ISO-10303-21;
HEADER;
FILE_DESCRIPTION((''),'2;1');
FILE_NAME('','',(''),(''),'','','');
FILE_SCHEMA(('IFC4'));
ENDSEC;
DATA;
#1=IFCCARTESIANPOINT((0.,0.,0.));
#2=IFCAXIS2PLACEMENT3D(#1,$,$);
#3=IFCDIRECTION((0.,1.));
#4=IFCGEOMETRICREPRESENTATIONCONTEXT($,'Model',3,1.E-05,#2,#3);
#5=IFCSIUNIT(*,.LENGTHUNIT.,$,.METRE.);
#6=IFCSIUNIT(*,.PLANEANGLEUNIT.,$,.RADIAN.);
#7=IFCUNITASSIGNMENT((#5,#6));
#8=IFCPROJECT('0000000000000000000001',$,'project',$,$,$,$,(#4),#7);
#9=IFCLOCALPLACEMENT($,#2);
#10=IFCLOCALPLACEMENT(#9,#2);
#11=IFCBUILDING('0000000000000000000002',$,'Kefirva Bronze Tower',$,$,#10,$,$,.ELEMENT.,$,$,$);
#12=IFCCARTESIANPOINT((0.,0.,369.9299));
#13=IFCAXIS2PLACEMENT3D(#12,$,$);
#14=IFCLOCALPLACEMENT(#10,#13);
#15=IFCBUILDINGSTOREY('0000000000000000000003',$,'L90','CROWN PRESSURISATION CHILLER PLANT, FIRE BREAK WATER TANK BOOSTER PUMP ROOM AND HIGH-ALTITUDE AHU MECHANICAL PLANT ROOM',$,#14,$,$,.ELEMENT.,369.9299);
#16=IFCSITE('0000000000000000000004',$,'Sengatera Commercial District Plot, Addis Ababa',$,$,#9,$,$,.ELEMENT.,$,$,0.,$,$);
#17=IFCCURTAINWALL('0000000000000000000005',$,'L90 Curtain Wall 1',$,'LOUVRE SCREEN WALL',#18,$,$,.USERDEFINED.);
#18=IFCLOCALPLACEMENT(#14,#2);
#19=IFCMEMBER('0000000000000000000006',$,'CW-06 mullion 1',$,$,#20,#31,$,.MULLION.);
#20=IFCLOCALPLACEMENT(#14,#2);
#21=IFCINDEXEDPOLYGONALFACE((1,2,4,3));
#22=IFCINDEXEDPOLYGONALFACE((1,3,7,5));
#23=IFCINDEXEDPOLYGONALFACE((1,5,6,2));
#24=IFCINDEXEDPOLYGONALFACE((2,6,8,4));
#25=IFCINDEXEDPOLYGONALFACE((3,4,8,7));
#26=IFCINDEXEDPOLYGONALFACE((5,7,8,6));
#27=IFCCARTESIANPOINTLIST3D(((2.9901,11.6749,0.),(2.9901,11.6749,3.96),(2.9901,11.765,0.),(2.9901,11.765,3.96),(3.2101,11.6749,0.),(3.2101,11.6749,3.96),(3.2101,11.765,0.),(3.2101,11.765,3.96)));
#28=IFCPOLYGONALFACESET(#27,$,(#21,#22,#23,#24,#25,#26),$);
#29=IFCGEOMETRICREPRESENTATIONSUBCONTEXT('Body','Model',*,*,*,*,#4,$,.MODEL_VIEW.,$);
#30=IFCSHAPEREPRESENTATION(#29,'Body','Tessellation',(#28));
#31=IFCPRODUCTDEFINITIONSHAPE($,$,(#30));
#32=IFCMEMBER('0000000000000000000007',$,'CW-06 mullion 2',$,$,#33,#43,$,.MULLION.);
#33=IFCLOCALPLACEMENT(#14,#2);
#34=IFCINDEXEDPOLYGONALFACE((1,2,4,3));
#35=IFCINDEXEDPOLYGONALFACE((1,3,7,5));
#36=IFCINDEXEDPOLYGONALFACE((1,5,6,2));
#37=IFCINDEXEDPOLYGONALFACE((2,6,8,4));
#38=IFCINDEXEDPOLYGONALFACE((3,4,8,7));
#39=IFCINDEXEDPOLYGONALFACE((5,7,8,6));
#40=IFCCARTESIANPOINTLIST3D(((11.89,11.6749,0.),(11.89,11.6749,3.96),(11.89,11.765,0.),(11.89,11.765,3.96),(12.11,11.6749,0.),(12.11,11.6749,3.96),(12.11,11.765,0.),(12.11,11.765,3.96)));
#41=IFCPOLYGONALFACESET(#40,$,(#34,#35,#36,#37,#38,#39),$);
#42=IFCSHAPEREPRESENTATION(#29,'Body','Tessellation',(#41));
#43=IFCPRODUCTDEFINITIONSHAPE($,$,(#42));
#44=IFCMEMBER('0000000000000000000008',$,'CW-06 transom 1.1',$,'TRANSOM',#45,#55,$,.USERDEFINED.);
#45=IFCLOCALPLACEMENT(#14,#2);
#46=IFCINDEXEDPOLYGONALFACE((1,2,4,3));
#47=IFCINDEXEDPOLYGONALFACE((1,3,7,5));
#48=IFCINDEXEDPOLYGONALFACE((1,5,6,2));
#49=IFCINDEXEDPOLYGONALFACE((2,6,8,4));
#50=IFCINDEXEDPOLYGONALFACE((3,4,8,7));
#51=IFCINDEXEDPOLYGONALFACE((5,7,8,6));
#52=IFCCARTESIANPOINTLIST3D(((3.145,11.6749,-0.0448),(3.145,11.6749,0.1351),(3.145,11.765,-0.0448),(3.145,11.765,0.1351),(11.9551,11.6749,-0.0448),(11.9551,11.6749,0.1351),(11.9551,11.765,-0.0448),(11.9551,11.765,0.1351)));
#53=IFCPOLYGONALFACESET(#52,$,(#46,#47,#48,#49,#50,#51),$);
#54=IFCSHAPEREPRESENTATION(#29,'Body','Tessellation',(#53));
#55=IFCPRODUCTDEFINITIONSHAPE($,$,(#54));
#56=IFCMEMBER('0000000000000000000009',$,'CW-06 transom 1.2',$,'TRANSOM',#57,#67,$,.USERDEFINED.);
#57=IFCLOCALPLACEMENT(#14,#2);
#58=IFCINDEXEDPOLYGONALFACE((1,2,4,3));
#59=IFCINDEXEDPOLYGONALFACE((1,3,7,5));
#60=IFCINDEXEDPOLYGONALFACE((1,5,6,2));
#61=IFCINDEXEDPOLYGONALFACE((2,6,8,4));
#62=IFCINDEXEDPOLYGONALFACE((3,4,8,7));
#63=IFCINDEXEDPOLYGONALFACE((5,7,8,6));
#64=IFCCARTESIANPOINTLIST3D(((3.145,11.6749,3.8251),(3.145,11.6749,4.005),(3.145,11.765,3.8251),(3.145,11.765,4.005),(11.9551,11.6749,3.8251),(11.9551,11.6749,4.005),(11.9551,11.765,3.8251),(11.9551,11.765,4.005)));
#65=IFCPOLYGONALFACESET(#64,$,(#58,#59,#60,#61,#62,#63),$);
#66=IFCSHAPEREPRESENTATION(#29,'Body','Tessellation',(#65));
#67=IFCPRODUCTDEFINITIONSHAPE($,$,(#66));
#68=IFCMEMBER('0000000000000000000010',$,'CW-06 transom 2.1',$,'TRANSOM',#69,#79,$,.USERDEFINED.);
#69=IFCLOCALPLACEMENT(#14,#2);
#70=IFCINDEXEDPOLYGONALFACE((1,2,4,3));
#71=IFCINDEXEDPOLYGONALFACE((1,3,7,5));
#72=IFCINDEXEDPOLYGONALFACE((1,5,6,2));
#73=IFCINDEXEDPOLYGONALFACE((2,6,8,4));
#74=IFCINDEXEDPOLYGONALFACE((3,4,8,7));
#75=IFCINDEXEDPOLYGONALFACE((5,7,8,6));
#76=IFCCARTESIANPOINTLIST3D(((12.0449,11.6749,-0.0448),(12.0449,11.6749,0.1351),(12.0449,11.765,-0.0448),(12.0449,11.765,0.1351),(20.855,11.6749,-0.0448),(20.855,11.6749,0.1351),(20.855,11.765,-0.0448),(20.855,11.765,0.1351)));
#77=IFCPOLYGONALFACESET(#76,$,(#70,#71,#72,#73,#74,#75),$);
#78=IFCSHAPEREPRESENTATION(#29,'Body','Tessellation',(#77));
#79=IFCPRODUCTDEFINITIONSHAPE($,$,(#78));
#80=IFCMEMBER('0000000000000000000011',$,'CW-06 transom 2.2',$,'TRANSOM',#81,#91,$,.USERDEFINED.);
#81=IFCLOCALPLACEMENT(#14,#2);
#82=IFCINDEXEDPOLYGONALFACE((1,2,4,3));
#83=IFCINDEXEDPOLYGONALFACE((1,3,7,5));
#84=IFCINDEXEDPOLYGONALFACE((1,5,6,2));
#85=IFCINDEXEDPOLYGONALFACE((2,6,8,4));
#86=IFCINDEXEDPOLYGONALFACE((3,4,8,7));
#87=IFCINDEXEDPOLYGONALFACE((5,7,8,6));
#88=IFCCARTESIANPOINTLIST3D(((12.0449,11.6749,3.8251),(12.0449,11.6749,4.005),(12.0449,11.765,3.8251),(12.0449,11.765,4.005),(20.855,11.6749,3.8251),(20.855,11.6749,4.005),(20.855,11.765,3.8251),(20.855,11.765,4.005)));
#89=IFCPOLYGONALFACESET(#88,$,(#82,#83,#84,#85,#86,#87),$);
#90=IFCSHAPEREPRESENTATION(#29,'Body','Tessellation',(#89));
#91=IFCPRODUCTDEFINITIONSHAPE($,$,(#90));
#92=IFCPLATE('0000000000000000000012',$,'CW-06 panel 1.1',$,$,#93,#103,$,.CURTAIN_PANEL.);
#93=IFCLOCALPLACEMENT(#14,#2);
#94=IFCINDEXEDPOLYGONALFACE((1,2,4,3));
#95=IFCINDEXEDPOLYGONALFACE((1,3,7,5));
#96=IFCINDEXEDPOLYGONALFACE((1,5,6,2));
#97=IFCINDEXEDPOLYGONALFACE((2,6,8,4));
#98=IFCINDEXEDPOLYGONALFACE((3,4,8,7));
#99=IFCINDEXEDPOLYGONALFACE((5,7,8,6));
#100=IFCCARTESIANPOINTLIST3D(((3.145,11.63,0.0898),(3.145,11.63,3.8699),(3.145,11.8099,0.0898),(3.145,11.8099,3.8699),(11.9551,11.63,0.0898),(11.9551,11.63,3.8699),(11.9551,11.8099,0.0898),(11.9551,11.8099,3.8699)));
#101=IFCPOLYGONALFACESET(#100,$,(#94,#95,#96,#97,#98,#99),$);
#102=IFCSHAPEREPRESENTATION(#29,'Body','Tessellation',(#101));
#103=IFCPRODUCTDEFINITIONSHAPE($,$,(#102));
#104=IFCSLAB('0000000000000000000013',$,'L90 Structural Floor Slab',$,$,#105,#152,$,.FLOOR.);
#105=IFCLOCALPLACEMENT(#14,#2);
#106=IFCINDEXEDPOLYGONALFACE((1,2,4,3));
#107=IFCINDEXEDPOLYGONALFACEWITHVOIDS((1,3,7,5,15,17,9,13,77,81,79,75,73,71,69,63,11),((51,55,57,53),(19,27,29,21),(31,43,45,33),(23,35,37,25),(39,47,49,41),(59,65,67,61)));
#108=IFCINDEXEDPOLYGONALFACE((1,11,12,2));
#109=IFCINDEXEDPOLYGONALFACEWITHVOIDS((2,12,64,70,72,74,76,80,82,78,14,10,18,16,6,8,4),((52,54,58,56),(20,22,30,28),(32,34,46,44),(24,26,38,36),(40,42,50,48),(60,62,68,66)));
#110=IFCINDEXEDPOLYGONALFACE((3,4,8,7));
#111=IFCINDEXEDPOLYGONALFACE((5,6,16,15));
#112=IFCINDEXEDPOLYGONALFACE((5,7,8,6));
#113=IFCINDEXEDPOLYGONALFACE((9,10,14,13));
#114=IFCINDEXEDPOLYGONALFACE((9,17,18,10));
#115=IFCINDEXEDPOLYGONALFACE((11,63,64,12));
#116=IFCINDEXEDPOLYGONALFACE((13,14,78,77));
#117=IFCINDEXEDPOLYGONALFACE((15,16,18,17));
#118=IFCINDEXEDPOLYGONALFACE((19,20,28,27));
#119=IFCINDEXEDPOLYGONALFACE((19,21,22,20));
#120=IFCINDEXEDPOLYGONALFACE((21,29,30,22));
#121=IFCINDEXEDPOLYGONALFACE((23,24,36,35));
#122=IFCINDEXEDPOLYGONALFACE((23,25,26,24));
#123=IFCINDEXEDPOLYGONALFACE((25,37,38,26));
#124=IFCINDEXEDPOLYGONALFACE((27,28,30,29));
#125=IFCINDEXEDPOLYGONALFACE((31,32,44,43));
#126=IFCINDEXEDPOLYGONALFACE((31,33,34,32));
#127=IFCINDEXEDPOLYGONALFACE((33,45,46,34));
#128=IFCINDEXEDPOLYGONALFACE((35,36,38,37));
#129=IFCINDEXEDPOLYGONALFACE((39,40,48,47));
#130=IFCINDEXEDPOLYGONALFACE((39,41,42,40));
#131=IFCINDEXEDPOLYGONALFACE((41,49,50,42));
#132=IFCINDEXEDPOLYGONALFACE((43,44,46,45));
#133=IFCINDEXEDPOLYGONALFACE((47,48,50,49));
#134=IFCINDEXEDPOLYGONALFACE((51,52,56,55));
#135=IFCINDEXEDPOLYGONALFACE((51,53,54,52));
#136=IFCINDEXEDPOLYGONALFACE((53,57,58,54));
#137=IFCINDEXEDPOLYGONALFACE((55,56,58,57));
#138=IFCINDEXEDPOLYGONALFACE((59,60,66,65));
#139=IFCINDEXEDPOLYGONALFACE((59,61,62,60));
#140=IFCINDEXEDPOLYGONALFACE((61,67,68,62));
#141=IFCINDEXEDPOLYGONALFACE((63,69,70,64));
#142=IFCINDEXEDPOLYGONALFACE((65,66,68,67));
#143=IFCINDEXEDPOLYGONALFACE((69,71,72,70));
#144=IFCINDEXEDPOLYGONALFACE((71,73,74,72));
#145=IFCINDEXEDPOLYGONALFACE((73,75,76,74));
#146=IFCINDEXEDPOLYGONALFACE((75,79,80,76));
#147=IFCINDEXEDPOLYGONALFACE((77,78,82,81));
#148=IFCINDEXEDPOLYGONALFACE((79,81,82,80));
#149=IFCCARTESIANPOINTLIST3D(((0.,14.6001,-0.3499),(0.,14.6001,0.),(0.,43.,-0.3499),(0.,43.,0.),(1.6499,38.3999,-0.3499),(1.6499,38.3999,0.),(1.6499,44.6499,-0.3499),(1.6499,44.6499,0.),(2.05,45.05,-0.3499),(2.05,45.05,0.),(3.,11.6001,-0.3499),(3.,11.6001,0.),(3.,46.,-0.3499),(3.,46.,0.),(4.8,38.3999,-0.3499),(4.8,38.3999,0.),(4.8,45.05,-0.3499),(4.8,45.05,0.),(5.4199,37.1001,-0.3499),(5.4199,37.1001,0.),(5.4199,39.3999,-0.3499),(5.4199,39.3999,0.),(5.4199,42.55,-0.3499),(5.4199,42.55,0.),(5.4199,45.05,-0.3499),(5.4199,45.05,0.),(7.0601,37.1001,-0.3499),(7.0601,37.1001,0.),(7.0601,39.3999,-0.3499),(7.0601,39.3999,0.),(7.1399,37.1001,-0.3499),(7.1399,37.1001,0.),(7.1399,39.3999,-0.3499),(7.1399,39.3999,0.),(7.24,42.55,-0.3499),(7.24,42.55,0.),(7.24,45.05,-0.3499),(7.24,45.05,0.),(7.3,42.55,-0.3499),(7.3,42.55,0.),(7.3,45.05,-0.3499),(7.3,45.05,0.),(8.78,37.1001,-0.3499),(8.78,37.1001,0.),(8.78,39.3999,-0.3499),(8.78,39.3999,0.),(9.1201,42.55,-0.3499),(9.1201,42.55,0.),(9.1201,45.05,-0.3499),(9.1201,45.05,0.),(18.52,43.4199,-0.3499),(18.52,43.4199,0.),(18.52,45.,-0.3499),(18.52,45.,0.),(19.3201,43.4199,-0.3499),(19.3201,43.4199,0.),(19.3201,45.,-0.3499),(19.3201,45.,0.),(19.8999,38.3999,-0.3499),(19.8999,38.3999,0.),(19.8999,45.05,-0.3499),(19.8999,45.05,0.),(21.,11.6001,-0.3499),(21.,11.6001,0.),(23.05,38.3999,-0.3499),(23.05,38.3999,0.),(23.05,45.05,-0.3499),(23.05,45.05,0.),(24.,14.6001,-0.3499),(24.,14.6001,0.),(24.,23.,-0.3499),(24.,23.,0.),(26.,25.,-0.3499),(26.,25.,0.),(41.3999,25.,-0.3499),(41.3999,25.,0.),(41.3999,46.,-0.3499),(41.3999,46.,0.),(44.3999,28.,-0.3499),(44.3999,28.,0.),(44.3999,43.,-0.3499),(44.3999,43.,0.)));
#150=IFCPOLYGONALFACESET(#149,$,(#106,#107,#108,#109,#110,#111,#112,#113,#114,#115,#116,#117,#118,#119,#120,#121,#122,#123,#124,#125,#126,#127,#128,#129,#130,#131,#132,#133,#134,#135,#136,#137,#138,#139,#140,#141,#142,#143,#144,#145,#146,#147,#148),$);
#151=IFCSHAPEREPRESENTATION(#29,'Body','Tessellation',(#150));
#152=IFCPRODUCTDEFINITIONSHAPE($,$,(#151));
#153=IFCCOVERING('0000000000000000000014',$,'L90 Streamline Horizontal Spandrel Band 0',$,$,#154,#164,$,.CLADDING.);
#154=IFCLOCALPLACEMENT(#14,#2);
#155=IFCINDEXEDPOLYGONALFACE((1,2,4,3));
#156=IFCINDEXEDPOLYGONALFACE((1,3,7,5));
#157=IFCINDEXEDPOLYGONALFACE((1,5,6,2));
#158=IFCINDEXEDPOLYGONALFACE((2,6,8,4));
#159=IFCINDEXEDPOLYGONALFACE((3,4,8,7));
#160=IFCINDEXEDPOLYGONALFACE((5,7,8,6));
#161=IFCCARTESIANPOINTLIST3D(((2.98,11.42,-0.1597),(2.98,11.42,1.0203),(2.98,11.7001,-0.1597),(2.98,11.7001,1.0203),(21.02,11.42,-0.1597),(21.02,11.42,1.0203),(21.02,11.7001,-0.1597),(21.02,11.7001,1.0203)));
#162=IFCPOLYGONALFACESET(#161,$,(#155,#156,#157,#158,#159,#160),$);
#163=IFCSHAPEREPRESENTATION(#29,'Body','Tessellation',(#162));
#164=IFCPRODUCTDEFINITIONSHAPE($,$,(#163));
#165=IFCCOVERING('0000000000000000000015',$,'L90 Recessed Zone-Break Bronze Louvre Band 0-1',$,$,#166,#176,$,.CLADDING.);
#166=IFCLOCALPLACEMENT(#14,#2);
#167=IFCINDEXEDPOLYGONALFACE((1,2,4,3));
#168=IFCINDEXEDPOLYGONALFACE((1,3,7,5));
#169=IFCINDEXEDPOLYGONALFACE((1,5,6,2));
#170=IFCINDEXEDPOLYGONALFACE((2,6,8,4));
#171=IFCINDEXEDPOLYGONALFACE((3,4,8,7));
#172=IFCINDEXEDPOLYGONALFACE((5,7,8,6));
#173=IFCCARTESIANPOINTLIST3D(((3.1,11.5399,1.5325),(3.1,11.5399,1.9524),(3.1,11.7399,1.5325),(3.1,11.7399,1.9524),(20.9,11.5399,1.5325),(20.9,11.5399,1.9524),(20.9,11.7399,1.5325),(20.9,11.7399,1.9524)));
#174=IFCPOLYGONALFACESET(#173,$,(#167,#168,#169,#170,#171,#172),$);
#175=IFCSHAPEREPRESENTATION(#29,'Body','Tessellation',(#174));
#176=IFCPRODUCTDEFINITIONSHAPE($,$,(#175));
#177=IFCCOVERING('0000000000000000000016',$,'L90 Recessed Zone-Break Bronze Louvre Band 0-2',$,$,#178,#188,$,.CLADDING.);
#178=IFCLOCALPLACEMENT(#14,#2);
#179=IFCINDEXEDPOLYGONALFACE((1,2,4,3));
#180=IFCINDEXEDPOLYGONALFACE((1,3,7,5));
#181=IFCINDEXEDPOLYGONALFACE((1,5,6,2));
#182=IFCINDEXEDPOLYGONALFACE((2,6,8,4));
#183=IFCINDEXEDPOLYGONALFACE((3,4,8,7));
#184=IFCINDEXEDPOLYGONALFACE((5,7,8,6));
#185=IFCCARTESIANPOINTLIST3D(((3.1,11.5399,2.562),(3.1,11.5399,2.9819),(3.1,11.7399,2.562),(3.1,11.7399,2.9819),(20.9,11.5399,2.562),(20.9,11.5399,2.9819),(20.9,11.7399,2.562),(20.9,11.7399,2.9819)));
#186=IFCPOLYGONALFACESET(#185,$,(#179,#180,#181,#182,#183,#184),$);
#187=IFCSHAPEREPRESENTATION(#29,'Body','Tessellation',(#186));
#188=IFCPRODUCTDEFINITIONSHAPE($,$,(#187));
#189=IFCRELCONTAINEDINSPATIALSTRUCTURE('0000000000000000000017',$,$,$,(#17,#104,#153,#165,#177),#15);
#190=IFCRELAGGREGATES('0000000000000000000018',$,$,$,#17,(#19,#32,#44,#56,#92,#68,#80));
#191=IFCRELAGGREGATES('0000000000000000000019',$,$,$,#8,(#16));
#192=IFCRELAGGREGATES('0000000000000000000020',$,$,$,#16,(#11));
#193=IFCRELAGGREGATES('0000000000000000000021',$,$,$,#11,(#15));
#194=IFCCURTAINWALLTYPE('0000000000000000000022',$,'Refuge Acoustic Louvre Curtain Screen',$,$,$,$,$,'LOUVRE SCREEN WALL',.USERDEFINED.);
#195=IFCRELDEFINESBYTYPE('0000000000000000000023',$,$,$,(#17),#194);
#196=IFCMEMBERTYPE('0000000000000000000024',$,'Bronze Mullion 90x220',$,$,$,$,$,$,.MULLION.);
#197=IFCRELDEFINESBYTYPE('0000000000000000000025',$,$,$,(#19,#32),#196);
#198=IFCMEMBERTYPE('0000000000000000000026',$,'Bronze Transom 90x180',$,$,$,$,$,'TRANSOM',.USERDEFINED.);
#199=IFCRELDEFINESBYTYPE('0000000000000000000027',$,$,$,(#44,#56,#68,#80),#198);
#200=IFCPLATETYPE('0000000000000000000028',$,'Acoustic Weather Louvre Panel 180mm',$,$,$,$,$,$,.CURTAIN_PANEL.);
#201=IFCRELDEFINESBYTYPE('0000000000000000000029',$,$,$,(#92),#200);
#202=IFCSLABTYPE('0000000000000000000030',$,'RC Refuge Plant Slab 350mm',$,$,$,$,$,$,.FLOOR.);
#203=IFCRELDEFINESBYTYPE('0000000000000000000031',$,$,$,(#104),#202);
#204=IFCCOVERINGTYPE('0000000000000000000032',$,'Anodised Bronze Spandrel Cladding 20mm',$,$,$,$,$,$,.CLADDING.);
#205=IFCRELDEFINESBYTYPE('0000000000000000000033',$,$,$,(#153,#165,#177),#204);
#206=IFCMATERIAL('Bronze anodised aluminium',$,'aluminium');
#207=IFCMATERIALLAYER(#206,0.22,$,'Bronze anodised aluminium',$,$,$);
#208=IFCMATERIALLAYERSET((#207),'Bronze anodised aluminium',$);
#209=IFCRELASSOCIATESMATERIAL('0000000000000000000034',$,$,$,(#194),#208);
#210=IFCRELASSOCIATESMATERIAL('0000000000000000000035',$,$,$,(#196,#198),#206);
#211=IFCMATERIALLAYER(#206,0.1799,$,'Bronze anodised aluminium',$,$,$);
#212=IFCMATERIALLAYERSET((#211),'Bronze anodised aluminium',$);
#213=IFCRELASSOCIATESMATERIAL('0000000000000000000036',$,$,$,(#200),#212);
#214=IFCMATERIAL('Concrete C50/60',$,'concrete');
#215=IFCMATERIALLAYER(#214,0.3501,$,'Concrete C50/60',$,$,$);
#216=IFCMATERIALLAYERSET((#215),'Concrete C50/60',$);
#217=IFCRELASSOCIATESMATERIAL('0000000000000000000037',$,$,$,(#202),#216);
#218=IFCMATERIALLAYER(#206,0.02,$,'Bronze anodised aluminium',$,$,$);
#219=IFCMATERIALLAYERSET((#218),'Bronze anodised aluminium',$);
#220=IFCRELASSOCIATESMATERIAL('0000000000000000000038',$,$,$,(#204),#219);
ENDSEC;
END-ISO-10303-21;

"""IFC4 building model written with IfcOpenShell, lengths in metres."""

from ifc_helpers import new_model, si_unit, direction, frame, origin, origin_2d, place, context, subcontext, project, spatial, polyline, rectangle, outline, extrude, material, layer, layer_set, material_profile, profile_set, type_object, element, aggregate, save


model = new_model("IFC4")

# Units and contexts
model_context = context("Model", 3, precision=1e-05, world=origin(), true_north=direction((0.0, 1.0)))
body_context = subcontext(model_context, "Body", "Model", "MODEL_VIEW")
ifc_project = project(units=[si_unit("LENGTHUNIT", "METRE"), si_unit("PLANEANGLEUNIT", "RADIAN")], contexts=[model_context])

# Site, building, storey
site_placement = place(None, origin())
site = spatial("IfcSite", under=ifc_project, at=site_placement, Name="Sengatera Commercial District Plot, Addis Ababa", CompositionType="ELEMENT", RefElevation=0.0)
building_placement = place(site_placement, origin())
building = spatial("IfcBuilding", under=site, at=building_placement, Name="Kefirva Bronze Tower", CompositionType="ELEMENT")
storey_placement = place(building_placement, frame((0.0, 0.0, 369.9299)))
storey = spatial("IfcBuildingStorey", under=building, at=storey_placement, Name="L90", Description="CROWN PRESSURISATION CHILLER PLANT, FIRE BREAK WATER TANK BOOSTER PUMP ROOM AND HIGH-ALTITUDE AHU MECHANICAL PLANT ROOM", CompositionType="ELEMENT", Elevation=369.9299)

# Curtain wall, members, plate
ifc_material_1 = material(Name="Bronze anodised aluminium", Category="aluminium")
ifc_layer_1 = layer(ifc_material_1, 0.22, Name="Bronze anodised aluminium")
ifc_layer_set_1 = layer_set([ifc_layer_1], Name="Bronze anodised aluminium")
curtain_wall_type = type_object("IfcCurtainWallType", Name="Refuge Acoustic Louvre Curtain Screen", ElementType="LOUVRE SCREEN WALL", PredefinedType="USERDEFINED", material=ifc_layer_set_1)
curtain_wall_placement = place(storey_placement, origin())
curtain_wall = element("IfcCurtainWall", 1, at=curtain_wall_placement, inside=storey, type_object=curtain_wall_type, Name="L90 Curtain Wall 1", ObjectType="LOUVRE SCREEN WALL", PredefinedType="USERDEFINED")
ifc_material_profile_1 = material_profile(ifc_material_1, rectangle(XDim=0.0901, YDim=0.22, at=origin_2d()), Name="ALU 90x220")
ifc_profile_set_1 = profile_set([ifc_material_profile_1], Name="Bronze anodised aluminium")
member_type_1 = type_object("IfcMemberType", Name="Bronze Mullion 90x220", PredefinedType="MULLION", material=ifc_profile_set_1)
member_1_placement = place(storey_placement, frame((3.1001, 11.72, 0.0), z_axis=(0.0, 0.0, 1.0), x_axis=(0.0, 1.0, 0.0)))
member_1 = element("IfcMember", 2, at=member_1_placement, type_object=member_type_1, Name="CW-06 mullion 1", PredefinedType="MULLION", context=body_context, shape_type="SweptSolid", body=[
    extrude(rectangle(XDim=0.0901, YDim=0.22, at=origin_2d()), origin(), (0.0, 0.0, 1.0), 3.96),
])
member_2_placement = place(storey_placement, frame((12.0, 11.72, 0.0), z_axis=(0.0, 0.0, 1.0), x_axis=(0.0, 1.0, 0.0)))
member_2 = element("IfcMember", 3, at=member_2_placement, type_object=member_type_1, Name="CW-06 mullion 2", PredefinedType="MULLION", context=body_context, shape_type="SweptSolid", body=[
    extrude(rectangle(XDim=0.0901, YDim=0.22, at=origin_2d()), origin(), (0.0, 0.0, 1.0), 3.96),
])
ifc_material_profile_2 = material_profile(ifc_material_1, rectangle(XDim=0.0901, YDim=0.1799, at=origin_2d()), Name="ALU 90x180")
ifc_profile_set_2 = profile_set([ifc_material_profile_2], Name="Bronze anodised aluminium")
member_type_2 = type_object("IfcMemberType", Name="Bronze Transom 90x180", ElementType="TRANSOM", PredefinedType="USERDEFINED", material=ifc_profile_set_2)
member_3_placement = place(storey_placement, frame((3.145, 11.72, 0.0452), z_axis=(1.0, 0.0, 0.0), x_axis=(0.0, 1.0, 0.0)))
member_3 = element("IfcMember", 4, at=member_3_placement, type_object=member_type_2, Name="CW-06 transom 1.1", ObjectType="TRANSOM", PredefinedType="USERDEFINED", context=body_context, shape_type="SweptSolid", body=[
    extrude(rectangle(XDim=0.0901, YDim=0.1799, at=origin_2d()), origin(), (0.0, 0.0, 1.0), 8.8101),
])
member_4_placement = place(storey_placement, frame((3.145, 11.72, 3.915), z_axis=(1.0, 0.0, 0.0), x_axis=(0.0, 1.0, 0.0)))
member_4 = element("IfcMember", 5, at=member_4_placement, type_object=member_type_2, Name="CW-06 transom 1.2", ObjectType="TRANSOM", PredefinedType="USERDEFINED", context=body_context, shape_type="SweptSolid", body=[
    extrude(rectangle(XDim=0.0901, YDim=0.1799, at=origin_2d()), origin(), (0.0, 0.0, 1.0), 8.8101),
])
member_5_placement = place(storey_placement, frame((12.0449, 11.72, 0.0452), z_axis=(1.0, 0.0, 0.0), x_axis=(0.0, 1.0, 0.0)))
member_5 = element("IfcMember", 6, at=member_5_placement, type_object=member_type_2, Name="CW-06 transom 2.1", ObjectType="TRANSOM", PredefinedType="USERDEFINED", context=body_context, shape_type="SweptSolid", body=[
    extrude(rectangle(XDim=0.0901, YDim=0.1799, at=origin_2d()), origin(), (0.0, 0.0, 1.0), 8.8101),
])
member_6_placement = place(storey_placement, frame((12.0449, 11.72, 3.915), z_axis=(1.0, 0.0, 0.0), x_axis=(0.0, 1.0, 0.0)))
member_6 = element("IfcMember", 7, at=member_6_placement, type_object=member_type_2, Name="CW-06 transom 2.2", ObjectType="TRANSOM", PredefinedType="USERDEFINED", context=body_context, shape_type="SweptSolid", body=[
    extrude(rectangle(XDim=0.0901, YDim=0.1799, at=origin_2d()), origin(), (0.0, 0.0, 1.0), 8.8101),
])
ifc_layer_2 = layer(ifc_material_1, 0.1799, Name="Bronze anodised aluminium")
ifc_layer_set_2 = layer_set([ifc_layer_2], Name="Bronze anodised aluminium")
plate_type = type_object("IfcPlateType", Name="Acoustic Weather Louvre Panel 180mm", PredefinedType="CURTAIN_PANEL", material=ifc_layer_set_2)
plate_placement = place(storey_placement, frame((7.55, 11.72, 0.0898), z_axis=(0.0, 0.0, 1.0), x_axis=(1.0, 0.0, 0.0)))
plate = element("IfcPlate", 8, at=plate_placement, type_object=plate_type, Name="CW-06 panel 1.1", PredefinedType="CURTAIN_PANEL", context=body_context, shape_type="SweptSolid", body=[
    extrude(rectangle(XDim=8.8101, YDim=0.1799, at=origin_2d()), origin(), (0.0, 0.0, 1.0), 3.78),
])
aggregate(curtain_wall, [member_1, member_2, member_3, member_4, plate, member_5, member_6])

# Slab
ifc_material_2 = material(Name="Concrete C50/60", Category="concrete")
ifc_layer_3 = layer(ifc_material_2, 0.3501, Name="Concrete C50/60")
ifc_layer_set_3 = layer_set([ifc_layer_3], Name="Concrete C50/60")
slab_type = type_object("IfcSlabType", Name="RC Refuge Plant Slab 350mm", PredefinedType="FLOOR", material=ifc_layer_set_3)
slab_placement = place(storey_placement, frame((0.0, 0.0, -0.3499)))
element("IfcSlab", 9, at=slab_placement, inside=storey, type_object=slab_type, Name="L90 Structural Floor Slab", PredefinedType="FLOOR", context=body_context, shape_type="SweptSolid", body=[
    extrude(outline(polyline([(0.0, 14.6001), (0.0, 43.0), (1.6499, 44.6499), (1.6499, 38.3999), (4.8, 38.3999), (4.8, 45.05), (2.05, 45.05), (3.0, 46.0), (41.3999, 46.0), (44.3999, 43.0), (44.3999, 28.0), (41.3999, 25.0), (26.0, 25.0), (24.0, 23.0), (24.0, 14.6001), (21.0, 11.6001), (3.0, 11.6001), (0.0, 14.6001)]), holes=[polyline([(23.05, 45.05), (19.8999, 45.05), (19.8999, 38.3999), (23.05, 38.3999), (23.05, 45.05)]), polyline([(19.3201, 45.0), (18.52, 45.0), (18.52, 43.4199), (19.3201, 43.4199), (19.3201, 45.0)]), polyline([(9.1201, 45.05), (7.3, 45.05), (7.3, 42.55), (9.1201, 42.55), (9.1201, 45.05)]), polyline([(8.78, 39.3999), (7.1399, 39.3999), (7.1399, 37.1001), (8.78, 37.1001), (8.78, 39.3999)]), polyline([(7.24, 45.05), (5.4199, 45.05), (5.4199, 42.55), (7.24, 42.55), (7.24, 45.05)]), polyline([(5.4199, 39.3999), (5.4199, 37.1001), (7.0601, 37.1001), (7.0601, 39.3999), (5.4199, 39.3999)])]), origin(), (0.0, 0.0, 1.0), 0.3499),
])

# Coverings
ifc_layer_4 = layer(ifc_material_1, 0.02, Name="Bronze anodised aluminium")
ifc_layer_set_4 = layer_set([ifc_layer_4], Name="Bronze anodised aluminium")
covering_type_1 = type_object("IfcCoveringType", Name="Anodised Bronze Spandrel Cladding 20mm", PredefinedType="CLADDING", material=ifc_layer_set_4)
covering_1_placement = place(storey_placement, frame((12.0, 11.5601, -0.1597), z_axis=(0.0, 0.0, 1.0), x_axis=(1.0, 0.0, 0.0)))
element("IfcCovering", 10, at=covering_1_placement, inside=storey, type_object=covering_type_1, Name="L90 Streamline Horizontal Spandrel Band 0", PredefinedType="CLADDING", context=body_context, shape_type="SweptSolid", body=[
    extrude(rectangle(XDim=18.04, YDim=0.28, at=origin_2d()), origin(), (0.0, 0.0, 1.0), 1.1799),
])
for number, where, z_axis, x_axis, name in (
    (11, (12.0, 11.6399, 1.5325), (0.0, 0.0, 1.0), (1.0, 0.0, 0.0), "L90 Recessed Zone-Break Bronze Louvre Band 0-1"),
    (12, (12.0, 11.6399, 2.562), (0.0, 0.0, 1.0), (1.0, 0.0, 0.0), "L90 Recessed Zone-Break Bronze Louvre Band 0-2"),
):
    element("IfcCovering", number, at=place(storey_placement, frame(where, z_axis=z_axis, x_axis=x_axis)), inside=storey, type_object=covering_type_1, Name=name, PredefinedType="CLADDING", context=body_context, shape_type="SweptSolid", body=[
        extrude(rectangle(XDim=17.8, YDim=0.2, at=origin_2d()), origin(), (0.0, 0.0, 1.0), 0.4199),
    ])

save(model, "model.ifc")
